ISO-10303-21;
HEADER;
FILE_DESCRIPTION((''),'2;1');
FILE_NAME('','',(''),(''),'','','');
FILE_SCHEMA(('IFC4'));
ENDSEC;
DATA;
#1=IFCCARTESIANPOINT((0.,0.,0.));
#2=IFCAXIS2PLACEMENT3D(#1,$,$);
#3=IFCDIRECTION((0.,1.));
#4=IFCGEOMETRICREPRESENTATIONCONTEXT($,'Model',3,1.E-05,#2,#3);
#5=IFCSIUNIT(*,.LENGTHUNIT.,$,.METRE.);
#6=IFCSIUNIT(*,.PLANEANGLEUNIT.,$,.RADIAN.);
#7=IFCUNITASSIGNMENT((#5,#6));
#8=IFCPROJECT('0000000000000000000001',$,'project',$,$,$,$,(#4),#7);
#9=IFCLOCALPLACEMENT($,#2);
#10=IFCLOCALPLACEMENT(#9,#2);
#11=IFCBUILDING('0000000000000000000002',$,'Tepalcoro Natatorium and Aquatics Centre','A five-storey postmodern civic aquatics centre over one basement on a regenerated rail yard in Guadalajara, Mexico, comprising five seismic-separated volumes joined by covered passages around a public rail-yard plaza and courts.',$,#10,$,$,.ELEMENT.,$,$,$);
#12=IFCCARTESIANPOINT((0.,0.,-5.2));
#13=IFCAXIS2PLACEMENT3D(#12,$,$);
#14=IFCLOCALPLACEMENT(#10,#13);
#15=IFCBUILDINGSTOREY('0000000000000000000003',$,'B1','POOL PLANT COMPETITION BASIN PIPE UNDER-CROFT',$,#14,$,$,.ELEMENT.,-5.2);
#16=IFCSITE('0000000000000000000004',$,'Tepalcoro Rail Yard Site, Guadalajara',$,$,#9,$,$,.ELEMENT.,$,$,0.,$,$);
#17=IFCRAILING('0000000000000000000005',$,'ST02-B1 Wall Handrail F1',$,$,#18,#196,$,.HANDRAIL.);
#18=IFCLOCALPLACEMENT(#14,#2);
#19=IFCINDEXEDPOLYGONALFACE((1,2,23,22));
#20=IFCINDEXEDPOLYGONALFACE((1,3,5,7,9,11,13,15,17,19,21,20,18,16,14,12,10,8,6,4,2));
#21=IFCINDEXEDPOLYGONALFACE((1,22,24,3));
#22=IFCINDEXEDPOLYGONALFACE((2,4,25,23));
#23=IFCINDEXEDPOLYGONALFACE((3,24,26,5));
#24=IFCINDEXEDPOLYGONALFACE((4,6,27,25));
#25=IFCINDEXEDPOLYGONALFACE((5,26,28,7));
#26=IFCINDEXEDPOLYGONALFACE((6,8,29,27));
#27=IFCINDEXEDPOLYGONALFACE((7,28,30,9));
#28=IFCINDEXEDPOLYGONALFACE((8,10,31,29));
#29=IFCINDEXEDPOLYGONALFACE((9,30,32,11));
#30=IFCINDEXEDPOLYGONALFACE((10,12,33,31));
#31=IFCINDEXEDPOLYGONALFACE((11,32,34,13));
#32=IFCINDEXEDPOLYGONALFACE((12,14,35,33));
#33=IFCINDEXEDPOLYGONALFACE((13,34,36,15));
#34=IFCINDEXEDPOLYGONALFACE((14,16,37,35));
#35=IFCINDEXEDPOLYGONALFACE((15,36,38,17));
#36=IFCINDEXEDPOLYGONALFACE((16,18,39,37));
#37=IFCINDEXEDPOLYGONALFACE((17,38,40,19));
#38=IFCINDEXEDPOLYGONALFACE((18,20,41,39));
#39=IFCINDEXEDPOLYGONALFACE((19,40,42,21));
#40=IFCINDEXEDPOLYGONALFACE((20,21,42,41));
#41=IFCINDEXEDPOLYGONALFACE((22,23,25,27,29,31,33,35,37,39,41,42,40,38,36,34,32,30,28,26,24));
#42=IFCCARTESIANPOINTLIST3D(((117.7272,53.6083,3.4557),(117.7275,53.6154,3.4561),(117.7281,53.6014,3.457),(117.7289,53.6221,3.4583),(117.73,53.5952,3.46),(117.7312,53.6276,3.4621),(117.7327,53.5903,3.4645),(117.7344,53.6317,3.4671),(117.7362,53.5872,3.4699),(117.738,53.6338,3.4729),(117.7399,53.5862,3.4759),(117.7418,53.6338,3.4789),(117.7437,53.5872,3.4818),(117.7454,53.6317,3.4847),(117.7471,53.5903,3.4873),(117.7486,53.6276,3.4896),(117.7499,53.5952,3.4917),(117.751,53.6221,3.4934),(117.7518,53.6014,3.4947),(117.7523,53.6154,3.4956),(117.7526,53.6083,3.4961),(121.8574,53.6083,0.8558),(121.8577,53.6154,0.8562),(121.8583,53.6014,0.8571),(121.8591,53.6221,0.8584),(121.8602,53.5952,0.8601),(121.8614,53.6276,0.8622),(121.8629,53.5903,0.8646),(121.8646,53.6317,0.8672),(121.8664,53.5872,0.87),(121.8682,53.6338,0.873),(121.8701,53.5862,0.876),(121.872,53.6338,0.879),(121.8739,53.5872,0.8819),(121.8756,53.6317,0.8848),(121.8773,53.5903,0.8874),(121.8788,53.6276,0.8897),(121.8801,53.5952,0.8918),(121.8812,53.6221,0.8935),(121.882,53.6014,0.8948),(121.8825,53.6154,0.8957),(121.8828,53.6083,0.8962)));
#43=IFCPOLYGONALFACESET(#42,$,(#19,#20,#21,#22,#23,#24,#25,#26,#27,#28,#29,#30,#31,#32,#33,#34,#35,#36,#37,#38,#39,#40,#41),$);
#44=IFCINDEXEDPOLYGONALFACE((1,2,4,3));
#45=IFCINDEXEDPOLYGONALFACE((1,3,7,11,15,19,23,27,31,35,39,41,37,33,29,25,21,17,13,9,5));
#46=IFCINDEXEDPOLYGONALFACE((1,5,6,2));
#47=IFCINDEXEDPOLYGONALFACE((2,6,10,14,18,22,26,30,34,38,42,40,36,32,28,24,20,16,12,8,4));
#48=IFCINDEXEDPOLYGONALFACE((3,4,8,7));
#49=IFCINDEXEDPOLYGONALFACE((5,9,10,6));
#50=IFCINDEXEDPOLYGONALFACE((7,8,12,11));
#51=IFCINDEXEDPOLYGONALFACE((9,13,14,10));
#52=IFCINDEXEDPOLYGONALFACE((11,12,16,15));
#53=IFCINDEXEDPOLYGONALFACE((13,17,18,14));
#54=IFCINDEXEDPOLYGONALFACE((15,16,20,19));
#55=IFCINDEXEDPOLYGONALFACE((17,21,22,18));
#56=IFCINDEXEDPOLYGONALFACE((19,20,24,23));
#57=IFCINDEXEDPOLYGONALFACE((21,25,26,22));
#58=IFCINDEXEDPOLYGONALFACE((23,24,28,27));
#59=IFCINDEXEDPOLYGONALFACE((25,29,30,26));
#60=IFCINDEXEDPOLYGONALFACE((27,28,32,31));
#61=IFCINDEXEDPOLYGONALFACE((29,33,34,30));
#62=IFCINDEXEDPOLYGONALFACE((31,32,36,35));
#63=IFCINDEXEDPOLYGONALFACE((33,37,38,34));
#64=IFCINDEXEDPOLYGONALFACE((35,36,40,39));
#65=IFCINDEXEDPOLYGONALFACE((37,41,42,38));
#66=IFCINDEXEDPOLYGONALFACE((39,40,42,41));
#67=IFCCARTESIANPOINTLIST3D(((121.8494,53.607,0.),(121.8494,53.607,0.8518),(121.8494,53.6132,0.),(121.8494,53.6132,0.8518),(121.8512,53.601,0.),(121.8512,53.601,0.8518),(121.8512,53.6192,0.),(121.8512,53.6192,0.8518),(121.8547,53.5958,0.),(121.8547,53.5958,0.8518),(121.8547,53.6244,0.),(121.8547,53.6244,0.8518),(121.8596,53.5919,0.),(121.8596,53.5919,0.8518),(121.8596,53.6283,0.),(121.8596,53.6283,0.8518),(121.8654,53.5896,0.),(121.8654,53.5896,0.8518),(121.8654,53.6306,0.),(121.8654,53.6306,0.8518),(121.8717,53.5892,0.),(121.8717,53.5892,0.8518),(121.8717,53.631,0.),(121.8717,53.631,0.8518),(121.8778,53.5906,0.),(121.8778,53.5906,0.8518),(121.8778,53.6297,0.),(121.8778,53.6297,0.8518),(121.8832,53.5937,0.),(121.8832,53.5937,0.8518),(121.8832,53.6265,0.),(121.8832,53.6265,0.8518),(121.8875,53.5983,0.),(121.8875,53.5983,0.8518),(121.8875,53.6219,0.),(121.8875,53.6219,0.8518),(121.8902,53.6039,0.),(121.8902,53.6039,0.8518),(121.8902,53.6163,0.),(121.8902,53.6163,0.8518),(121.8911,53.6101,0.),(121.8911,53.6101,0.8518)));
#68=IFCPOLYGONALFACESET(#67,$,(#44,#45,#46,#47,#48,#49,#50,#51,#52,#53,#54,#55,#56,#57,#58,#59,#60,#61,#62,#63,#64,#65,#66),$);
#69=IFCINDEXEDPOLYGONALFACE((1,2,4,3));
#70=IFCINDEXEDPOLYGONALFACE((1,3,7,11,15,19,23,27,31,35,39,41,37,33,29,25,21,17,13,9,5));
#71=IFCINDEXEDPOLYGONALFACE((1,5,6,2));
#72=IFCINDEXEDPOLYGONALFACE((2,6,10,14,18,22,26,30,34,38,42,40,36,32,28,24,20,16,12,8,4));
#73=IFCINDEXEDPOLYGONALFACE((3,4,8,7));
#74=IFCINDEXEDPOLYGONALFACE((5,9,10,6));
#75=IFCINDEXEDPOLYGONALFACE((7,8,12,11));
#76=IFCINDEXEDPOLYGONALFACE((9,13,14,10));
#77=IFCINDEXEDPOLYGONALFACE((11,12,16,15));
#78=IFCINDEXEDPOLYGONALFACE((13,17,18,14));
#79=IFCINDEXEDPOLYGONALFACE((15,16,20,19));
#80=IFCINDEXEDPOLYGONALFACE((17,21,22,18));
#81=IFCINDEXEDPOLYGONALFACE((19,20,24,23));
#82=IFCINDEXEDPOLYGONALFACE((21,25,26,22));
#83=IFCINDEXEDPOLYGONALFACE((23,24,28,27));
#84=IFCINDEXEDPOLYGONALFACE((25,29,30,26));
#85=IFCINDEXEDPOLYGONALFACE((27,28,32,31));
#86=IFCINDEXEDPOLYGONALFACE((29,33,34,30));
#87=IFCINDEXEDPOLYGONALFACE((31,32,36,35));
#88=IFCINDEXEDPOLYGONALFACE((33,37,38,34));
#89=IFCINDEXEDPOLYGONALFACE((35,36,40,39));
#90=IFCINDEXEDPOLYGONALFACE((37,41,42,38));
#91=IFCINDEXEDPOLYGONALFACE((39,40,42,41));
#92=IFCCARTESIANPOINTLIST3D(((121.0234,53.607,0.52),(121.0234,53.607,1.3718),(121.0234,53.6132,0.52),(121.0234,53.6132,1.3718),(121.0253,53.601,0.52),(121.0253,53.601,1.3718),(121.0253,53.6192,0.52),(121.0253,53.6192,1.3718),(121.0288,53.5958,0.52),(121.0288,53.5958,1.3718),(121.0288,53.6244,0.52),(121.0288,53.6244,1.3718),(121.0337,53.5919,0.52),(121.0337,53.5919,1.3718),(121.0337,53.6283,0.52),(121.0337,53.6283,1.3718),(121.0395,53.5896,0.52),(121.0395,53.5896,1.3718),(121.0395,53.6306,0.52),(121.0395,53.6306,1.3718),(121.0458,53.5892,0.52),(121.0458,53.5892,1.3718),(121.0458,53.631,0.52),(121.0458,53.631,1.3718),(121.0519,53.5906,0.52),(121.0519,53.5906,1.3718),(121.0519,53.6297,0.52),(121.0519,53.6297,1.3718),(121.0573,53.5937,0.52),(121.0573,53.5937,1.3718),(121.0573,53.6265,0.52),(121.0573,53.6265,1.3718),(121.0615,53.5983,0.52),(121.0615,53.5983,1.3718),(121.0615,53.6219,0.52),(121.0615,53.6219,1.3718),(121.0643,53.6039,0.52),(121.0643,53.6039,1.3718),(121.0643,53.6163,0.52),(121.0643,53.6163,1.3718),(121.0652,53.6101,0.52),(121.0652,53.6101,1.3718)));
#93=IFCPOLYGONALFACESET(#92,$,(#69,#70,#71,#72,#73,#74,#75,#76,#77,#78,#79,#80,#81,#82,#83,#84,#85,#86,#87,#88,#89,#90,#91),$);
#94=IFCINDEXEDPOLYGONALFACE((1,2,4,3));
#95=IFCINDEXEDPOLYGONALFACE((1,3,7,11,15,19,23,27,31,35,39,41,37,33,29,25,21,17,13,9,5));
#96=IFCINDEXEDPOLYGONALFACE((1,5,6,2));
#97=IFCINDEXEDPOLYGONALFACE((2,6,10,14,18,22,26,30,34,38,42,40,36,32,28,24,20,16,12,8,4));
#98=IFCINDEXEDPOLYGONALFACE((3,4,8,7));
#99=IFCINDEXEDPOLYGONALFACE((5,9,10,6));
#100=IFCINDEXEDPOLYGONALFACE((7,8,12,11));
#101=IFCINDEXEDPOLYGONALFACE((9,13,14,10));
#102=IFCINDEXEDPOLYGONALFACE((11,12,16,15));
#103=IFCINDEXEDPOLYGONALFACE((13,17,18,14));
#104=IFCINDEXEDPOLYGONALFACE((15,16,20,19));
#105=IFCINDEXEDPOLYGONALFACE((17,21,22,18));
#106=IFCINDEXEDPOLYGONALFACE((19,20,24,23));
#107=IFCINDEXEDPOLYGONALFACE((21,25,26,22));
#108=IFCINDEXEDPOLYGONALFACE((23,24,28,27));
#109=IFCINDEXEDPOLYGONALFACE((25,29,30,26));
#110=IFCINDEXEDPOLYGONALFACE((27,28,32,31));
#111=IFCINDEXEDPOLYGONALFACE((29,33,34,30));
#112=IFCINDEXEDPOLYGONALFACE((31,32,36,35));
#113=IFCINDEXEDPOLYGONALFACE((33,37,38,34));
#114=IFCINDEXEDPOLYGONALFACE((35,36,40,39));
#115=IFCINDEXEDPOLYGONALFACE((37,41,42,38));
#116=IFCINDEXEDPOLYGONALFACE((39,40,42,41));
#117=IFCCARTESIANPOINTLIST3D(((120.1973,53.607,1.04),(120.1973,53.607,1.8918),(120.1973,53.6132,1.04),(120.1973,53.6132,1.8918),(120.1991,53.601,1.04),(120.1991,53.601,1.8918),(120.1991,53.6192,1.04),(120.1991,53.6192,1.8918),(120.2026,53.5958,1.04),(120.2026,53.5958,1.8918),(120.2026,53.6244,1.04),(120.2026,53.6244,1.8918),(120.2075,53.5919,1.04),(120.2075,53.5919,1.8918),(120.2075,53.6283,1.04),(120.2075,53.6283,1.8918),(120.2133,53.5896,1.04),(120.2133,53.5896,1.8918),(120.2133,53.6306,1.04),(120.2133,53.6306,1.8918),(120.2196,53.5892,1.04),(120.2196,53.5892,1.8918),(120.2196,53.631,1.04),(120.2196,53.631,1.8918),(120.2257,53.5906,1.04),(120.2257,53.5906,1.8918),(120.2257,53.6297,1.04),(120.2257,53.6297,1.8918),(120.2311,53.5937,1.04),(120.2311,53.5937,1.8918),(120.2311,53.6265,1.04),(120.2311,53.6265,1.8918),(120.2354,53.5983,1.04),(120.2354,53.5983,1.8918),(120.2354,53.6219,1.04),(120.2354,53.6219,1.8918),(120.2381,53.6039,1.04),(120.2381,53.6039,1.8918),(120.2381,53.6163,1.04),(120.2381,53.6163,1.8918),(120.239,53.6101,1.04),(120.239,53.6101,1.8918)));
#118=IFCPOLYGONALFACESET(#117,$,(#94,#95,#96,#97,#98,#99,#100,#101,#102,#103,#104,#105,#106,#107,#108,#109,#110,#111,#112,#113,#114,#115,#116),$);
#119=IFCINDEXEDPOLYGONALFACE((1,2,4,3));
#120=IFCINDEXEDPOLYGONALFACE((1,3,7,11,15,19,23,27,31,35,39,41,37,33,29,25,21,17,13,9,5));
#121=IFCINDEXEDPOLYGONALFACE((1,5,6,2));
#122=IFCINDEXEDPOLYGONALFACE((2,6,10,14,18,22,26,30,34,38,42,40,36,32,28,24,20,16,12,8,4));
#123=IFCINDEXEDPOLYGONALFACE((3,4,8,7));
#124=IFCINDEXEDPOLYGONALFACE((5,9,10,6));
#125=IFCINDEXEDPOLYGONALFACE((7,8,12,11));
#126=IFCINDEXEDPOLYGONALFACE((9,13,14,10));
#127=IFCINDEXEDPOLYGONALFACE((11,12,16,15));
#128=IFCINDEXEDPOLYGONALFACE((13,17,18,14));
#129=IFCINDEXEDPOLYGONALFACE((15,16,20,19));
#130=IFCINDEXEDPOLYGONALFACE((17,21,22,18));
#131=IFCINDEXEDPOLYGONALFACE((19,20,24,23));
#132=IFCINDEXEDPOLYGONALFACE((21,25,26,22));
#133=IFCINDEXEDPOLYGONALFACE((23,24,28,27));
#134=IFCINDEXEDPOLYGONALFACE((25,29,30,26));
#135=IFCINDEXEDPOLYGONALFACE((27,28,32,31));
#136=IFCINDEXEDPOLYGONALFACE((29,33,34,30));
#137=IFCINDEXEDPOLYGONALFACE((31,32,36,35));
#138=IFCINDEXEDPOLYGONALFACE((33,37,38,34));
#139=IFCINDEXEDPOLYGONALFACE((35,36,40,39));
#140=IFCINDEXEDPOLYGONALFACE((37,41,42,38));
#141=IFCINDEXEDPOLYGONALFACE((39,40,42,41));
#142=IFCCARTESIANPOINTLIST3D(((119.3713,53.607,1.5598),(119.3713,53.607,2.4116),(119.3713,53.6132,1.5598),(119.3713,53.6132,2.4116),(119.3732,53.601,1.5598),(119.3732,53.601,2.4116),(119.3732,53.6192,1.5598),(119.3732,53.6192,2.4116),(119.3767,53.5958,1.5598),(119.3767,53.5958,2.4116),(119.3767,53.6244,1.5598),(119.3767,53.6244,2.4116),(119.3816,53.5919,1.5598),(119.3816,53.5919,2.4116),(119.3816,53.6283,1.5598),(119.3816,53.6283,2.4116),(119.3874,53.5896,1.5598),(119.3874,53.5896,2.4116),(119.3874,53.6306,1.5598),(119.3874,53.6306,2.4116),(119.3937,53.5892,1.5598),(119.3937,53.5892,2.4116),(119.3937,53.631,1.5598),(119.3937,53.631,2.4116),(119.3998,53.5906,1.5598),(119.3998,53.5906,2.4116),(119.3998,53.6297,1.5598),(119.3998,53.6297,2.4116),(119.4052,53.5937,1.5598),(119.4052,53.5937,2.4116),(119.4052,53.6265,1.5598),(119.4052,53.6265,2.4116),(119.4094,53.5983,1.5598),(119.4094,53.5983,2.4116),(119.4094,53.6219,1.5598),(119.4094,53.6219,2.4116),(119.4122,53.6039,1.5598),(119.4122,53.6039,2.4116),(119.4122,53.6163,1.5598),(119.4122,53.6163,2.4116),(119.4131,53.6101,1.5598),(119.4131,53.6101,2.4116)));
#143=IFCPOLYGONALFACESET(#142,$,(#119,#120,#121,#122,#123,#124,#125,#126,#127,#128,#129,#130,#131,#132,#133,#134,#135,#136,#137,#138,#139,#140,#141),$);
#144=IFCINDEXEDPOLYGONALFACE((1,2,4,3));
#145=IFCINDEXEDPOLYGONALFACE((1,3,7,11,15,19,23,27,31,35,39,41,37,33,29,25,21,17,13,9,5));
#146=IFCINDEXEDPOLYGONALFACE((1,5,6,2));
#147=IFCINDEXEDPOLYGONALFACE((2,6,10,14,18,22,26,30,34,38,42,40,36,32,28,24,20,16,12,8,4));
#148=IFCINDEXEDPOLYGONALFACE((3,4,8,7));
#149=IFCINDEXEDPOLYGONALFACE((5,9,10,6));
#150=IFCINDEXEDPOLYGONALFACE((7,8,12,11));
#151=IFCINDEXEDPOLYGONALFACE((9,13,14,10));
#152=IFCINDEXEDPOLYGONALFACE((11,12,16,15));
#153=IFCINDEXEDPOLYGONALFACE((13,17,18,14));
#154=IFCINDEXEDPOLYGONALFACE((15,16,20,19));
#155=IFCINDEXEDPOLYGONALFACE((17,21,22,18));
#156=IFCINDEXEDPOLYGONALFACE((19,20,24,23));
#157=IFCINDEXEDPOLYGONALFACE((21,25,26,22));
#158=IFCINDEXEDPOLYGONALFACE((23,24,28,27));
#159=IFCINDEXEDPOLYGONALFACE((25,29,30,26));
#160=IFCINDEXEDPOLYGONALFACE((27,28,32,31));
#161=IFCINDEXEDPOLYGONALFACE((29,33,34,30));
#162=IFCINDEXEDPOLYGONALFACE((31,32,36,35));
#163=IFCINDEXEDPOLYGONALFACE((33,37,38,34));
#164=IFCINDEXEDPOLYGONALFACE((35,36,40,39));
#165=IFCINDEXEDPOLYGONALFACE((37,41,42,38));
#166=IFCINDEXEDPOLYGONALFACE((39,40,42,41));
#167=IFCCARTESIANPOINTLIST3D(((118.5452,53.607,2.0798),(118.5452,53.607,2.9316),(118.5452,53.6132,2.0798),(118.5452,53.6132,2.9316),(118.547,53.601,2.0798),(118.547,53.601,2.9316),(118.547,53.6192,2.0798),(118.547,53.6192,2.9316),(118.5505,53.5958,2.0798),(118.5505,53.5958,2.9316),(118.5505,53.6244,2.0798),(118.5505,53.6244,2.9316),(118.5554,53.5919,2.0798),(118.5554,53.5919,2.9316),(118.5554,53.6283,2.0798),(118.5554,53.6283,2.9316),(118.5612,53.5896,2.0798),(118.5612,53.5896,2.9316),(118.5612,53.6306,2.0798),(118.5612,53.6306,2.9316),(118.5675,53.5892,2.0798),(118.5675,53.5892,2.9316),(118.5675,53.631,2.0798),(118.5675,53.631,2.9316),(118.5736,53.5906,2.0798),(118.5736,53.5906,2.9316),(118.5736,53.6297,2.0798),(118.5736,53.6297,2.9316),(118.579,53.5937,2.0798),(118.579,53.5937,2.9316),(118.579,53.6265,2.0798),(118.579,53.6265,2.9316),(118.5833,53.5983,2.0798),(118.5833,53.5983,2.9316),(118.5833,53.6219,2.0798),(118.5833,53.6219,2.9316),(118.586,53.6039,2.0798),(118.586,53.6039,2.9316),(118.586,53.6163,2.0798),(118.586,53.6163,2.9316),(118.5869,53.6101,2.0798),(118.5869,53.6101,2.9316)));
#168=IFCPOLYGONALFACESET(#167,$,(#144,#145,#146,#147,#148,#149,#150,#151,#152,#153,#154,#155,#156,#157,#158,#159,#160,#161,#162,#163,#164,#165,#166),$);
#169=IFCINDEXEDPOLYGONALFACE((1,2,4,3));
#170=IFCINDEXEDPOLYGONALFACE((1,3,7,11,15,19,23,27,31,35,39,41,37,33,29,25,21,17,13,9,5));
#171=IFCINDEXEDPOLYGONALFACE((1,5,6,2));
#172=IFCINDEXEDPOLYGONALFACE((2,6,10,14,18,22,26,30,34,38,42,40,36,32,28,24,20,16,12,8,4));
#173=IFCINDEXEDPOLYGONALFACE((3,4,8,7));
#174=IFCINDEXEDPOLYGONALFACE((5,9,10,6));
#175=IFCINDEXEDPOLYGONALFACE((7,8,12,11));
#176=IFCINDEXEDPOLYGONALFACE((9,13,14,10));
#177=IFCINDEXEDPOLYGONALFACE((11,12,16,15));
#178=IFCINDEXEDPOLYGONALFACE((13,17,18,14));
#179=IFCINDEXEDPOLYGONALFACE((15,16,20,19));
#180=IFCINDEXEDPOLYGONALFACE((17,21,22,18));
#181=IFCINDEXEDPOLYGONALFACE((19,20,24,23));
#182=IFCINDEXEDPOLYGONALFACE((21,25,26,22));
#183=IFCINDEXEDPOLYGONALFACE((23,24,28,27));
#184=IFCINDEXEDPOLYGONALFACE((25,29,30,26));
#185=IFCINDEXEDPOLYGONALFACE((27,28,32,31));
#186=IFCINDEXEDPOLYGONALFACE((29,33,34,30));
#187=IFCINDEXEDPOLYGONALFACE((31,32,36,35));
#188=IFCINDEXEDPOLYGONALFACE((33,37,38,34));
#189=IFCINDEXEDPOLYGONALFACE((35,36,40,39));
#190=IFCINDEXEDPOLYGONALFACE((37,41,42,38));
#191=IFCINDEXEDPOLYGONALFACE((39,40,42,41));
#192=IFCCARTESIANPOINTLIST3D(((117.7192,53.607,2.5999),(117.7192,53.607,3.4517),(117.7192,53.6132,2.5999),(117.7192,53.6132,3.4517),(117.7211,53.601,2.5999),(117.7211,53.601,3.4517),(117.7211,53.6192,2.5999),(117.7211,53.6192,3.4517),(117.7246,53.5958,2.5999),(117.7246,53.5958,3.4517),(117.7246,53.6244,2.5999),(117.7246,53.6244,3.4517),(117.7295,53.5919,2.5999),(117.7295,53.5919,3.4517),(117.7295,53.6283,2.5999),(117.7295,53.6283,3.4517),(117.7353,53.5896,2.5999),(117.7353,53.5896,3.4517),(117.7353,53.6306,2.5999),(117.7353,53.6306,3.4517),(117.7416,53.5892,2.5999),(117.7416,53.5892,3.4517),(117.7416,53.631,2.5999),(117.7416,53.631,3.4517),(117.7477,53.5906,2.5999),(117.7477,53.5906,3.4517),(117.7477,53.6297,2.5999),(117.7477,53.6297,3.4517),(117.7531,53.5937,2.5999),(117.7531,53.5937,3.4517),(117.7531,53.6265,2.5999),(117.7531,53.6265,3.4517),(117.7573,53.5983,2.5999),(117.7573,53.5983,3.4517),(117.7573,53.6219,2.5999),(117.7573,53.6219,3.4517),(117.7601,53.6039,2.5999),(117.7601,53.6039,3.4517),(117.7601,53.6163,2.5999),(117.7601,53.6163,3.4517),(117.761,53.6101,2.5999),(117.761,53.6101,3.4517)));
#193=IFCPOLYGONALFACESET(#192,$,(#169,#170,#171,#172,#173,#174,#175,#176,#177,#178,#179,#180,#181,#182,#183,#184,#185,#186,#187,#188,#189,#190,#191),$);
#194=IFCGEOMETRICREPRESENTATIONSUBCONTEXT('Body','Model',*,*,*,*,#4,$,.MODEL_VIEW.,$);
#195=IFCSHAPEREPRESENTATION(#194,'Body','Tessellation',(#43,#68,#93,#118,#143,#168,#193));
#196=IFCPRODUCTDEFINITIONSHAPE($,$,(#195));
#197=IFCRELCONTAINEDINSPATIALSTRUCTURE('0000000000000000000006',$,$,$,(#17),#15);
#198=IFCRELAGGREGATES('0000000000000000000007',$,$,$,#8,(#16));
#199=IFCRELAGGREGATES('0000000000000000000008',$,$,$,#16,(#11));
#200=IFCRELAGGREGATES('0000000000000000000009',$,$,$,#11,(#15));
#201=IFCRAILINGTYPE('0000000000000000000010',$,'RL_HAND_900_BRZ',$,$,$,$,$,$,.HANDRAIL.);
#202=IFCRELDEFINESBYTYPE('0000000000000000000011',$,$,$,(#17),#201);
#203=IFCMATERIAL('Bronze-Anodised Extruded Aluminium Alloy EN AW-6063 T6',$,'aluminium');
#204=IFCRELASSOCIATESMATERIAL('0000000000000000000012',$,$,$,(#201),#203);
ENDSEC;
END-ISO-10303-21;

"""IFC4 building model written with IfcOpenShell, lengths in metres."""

from ifc_helpers import new_model, si_unit, direction, frame, origin, origin_2d, place, context, subcontext, project, spatial, circle, extrude, material, type_object, element, save


model = new_model("IFC4")

# Units and contexts
model_context = context("Model", 3, precision=1e-05, world=origin(), true_north=direction((0.0, 1.0)))
body_context = subcontext(model_context, "Body", "Model", "MODEL_VIEW")
ifc_project = project(units=[si_unit("LENGTHUNIT", "METRE"), si_unit("PLANEANGLEUNIT", "RADIAN")], contexts=[model_context])

# Site, building, storey
site_placement = place(None, origin())
site = spatial("IfcSite", under=ifc_project, at=site_placement, Name="Tepalcoro Rail Yard Site, Guadalajara", CompositionType="ELEMENT", RefElevation=0.0)
building_placement = place(site_placement, origin())
building = spatial("IfcBuilding", under=site, at=building_placement, Name="Tepalcoro Natatorium and Aquatics Centre", Description="A five-storey postmodern civic aquatics centre over one basement on a regenerated rail yard in Guadalajara, Mexico, comprising five seismic-separated volumes joined by covered passages around a public rail-yard plaza and courts.", CompositionType="ELEMENT")
storey_placement = place(building_placement, frame((0.0, 0.0, -5.2)))
storey = spatial("IfcBuildingStorey", under=building, at=storey_placement, Name="B1", Description="POOL PLANT COMPETITION BASIN PIPE UNDER-CROFT", CompositionType="ELEMENT", Elevation=-5.2)

# Railing
ifc_material_1 = material(Name="Bronze-Anodised Extruded Aluminium Alloy EN AW-6063 T6", Category="aluminium")
railing_type_1 = type_object("IfcRailingType", Name="RL_HAND_900_BRZ", PredefinedType="HANDRAIL", material=ifc_material_1)
railing_1_placement = place(storey_placement, frame((121.8701, 53.6101, 0.0)))
element("IfcRailing", 1, at=railing_1_placement, inside=storey, type_object=railing_type_1, Name="ST02-B1 Wall Handrail F1", PredefinedType="HANDRAIL", context=body_context, shape_type="SweptSolid", body=[
    extrude(circle(Radius=0.0239, at=origin_2d()), frame((0.0, 0.0, 0.876), z_axis=(-0.846288, 0.0, 0.532726), x_axis=(0.0, -1.0, 0.0)), (0.0, 0.0, 1.0), 4.8804),
    extrude(circle(Radius=0.021, at=origin_2d()), origin(), (0.0, 0.0, 1.0), 0.8518),
    extrude(circle(Radius=0.021, at=origin_2d()), frame((-0.8259, 0.0, 0.52)), (0.0, 0.0, 1.0), 0.8518),
    extrude(circle(Radius=0.021, at=origin_2d()), frame((-1.6521, 0.0, 1.04)), (0.0, 0.0, 1.0), 0.8518),
    extrude(circle(Radius=0.021, at=origin_2d()), frame((-2.478, 0.0, 1.5598)), (0.0, 0.0, 1.0), 0.8518),
    extrude(circle(Radius=0.021, at=origin_2d()), frame((-3.3042, 0.0, 2.0798)), (0.0, 0.0, 1.0), 0.8518),
    extrude(circle(Radius=0.021, at=origin_2d()), frame((-4.1301, 0.0, 2.5999)), (0.0, 0.0, 1.0), 0.8518),
])

save(model, "model.ifc")
